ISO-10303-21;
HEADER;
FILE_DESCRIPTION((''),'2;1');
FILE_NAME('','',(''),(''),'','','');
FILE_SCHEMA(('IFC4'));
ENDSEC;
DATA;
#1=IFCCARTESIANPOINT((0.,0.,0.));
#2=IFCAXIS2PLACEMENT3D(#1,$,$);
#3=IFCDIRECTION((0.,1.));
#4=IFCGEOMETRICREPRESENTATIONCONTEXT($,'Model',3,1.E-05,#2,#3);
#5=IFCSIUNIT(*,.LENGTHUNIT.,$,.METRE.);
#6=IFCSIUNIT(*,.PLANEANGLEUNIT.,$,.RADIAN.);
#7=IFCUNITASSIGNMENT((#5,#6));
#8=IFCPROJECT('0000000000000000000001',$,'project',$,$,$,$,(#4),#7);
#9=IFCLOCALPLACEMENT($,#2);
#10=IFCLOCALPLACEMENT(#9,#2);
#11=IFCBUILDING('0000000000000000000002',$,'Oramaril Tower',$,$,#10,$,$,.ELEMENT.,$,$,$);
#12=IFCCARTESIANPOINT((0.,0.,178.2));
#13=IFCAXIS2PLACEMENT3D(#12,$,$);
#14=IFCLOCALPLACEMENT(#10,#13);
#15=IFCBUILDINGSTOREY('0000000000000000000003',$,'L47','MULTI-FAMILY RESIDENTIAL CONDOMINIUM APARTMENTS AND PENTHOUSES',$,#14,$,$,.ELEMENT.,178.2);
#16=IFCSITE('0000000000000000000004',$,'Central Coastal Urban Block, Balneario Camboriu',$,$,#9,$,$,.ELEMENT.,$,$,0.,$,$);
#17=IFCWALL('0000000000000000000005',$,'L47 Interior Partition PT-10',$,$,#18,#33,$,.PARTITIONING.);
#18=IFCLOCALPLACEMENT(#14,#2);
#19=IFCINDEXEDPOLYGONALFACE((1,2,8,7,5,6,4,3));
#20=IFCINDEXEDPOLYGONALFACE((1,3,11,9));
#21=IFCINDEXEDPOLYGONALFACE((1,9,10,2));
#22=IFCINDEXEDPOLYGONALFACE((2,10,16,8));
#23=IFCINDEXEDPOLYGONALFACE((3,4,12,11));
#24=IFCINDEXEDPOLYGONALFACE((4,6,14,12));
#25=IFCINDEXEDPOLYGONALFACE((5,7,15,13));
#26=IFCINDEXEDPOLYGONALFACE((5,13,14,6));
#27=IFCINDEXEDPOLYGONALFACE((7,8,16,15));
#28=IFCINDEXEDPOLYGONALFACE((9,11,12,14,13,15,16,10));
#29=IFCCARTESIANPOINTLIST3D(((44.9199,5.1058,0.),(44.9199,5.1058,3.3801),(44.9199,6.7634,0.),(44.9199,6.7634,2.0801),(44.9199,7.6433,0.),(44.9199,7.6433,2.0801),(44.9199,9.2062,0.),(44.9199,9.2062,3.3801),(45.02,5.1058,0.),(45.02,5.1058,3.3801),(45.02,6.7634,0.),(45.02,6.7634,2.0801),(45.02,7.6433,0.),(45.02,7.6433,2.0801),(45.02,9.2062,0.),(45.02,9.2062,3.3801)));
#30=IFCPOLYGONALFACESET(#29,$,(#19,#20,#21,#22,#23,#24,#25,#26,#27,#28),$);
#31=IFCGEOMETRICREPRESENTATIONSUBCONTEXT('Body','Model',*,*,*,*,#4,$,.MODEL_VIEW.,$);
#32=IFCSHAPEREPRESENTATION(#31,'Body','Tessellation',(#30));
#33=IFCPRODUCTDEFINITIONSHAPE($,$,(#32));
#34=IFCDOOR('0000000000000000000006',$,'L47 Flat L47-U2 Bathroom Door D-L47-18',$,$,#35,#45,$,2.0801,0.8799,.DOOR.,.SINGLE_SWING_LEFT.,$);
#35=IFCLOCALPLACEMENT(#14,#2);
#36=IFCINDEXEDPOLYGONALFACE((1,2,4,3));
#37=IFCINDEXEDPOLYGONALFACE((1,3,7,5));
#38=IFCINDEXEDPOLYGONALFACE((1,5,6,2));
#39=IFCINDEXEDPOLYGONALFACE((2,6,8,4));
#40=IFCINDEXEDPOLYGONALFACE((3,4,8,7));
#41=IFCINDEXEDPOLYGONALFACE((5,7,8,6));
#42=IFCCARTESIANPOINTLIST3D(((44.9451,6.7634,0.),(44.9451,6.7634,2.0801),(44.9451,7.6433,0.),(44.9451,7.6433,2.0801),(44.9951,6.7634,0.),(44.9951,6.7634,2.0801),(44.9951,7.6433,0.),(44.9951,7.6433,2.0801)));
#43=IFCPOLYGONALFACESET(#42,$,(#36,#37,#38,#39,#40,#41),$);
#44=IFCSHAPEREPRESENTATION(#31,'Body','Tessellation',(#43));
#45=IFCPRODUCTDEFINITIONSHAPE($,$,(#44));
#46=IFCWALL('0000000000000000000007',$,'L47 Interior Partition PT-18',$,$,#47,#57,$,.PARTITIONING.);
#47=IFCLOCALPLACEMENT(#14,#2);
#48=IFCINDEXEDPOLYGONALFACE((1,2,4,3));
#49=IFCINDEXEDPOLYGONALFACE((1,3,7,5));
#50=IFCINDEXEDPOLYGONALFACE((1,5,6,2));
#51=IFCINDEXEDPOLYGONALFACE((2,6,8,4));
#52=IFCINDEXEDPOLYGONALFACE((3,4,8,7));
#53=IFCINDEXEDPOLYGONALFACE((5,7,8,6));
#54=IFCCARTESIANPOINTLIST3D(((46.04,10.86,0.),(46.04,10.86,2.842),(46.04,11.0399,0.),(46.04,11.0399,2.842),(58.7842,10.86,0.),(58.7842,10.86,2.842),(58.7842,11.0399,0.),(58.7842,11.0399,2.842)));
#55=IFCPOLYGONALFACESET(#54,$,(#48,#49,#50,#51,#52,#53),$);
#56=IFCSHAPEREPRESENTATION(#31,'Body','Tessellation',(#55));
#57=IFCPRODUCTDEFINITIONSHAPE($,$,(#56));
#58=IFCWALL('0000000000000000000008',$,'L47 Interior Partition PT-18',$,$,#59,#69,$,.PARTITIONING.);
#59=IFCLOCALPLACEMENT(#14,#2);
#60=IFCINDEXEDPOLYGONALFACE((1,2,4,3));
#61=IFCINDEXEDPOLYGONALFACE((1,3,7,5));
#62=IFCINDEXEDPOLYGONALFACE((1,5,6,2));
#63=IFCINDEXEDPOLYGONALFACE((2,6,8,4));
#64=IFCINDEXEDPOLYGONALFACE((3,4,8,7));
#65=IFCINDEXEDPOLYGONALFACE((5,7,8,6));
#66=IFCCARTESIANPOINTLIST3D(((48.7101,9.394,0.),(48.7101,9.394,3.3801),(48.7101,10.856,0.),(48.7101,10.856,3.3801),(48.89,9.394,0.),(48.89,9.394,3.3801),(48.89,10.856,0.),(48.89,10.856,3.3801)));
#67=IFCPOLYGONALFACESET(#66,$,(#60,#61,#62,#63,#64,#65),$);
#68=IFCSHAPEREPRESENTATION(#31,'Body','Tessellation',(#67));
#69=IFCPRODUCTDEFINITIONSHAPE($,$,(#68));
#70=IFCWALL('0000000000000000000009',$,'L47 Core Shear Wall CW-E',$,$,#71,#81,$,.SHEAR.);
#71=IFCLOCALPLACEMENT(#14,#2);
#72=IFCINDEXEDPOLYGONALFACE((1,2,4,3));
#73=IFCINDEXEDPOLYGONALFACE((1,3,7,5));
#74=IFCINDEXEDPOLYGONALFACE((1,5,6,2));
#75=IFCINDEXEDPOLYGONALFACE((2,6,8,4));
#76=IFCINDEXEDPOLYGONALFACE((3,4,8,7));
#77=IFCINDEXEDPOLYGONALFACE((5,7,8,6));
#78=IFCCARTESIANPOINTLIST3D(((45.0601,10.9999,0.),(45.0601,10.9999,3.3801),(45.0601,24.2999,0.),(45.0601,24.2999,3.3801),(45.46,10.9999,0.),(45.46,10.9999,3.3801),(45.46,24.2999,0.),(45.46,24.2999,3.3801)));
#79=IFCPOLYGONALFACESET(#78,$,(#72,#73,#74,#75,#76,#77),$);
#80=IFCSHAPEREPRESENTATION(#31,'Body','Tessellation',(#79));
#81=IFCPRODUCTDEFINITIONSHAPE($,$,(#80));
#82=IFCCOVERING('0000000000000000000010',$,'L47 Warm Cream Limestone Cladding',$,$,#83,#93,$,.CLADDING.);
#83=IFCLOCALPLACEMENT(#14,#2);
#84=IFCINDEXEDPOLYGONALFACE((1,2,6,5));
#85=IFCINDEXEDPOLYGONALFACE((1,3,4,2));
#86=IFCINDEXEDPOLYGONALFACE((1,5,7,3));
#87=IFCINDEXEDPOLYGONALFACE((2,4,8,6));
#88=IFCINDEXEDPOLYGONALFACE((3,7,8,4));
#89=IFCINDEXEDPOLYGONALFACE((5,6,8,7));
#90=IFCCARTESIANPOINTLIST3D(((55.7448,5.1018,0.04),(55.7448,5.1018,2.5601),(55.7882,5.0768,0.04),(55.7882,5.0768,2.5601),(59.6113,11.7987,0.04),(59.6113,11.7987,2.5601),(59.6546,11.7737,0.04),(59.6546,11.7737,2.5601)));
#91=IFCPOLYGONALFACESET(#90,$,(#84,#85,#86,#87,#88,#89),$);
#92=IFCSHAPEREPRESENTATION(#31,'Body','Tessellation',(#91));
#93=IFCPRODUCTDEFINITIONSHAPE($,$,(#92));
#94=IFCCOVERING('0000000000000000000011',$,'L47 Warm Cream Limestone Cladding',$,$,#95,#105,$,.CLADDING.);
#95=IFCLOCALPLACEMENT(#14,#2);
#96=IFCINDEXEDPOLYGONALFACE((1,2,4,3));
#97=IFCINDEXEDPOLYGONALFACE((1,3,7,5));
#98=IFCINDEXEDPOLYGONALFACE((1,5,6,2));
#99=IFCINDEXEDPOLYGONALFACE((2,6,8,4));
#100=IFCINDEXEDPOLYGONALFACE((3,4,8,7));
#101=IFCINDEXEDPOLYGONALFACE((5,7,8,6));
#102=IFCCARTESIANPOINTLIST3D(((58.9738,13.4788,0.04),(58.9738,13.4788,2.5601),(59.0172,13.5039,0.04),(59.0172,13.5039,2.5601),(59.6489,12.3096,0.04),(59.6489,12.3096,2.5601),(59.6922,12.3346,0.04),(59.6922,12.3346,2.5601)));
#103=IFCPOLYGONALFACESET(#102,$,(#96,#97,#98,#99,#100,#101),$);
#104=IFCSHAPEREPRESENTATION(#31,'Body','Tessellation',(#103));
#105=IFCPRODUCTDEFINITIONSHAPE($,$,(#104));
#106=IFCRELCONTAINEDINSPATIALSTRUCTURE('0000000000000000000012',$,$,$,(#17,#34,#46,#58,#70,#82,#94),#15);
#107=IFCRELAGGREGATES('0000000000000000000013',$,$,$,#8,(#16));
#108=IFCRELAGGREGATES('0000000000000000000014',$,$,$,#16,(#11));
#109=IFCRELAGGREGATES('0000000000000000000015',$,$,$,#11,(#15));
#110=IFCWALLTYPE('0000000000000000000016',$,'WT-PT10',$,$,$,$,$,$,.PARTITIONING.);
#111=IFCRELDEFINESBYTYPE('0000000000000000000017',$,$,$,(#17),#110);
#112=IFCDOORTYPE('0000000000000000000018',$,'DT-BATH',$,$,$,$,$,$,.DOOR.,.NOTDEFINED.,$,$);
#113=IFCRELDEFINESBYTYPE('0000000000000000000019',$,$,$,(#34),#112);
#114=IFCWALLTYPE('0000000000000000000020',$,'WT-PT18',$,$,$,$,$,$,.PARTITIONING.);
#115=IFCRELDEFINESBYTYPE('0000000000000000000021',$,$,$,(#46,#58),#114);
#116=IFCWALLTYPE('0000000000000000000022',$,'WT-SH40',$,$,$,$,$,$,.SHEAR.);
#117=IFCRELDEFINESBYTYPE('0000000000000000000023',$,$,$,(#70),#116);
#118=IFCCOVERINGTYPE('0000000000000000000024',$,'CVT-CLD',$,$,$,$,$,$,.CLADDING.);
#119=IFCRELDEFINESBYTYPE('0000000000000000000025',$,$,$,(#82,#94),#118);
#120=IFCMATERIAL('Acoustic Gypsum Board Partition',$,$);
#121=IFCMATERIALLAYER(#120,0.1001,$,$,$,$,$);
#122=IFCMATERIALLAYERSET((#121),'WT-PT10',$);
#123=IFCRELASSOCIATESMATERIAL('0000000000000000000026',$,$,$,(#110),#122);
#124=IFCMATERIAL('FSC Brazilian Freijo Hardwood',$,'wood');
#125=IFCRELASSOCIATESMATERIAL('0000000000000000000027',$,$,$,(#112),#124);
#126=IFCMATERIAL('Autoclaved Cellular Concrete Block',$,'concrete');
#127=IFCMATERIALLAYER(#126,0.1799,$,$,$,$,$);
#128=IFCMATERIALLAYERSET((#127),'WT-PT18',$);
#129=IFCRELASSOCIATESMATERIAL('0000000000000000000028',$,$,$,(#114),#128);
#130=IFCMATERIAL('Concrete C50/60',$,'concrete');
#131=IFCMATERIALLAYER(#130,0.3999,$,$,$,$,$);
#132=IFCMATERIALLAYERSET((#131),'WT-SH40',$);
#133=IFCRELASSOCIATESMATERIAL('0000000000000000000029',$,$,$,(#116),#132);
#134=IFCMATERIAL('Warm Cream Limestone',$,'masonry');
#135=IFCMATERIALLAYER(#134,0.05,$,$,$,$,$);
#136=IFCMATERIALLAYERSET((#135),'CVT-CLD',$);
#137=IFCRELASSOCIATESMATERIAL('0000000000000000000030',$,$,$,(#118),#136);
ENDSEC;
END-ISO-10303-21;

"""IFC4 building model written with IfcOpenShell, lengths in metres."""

from ifc_helpers import new_model, si_unit, direction, frame, frame_2d, origin, origin_2d, place, context, subcontext, project, spatial, rectangle, extrude, material, layer, layer_set, type_object, element, fill, save


model = new_model("IFC4")

# Units and contexts
model_context = context("Model", 3, precision=1e-05, world=origin(), true_north=direction((0.0, 1.0)))
body_context = subcontext(model_context, "Body", "Model", "MODEL_VIEW")
ifc_project = project(units=[si_unit("LENGTHUNIT", "METRE"), si_unit("PLANEANGLEUNIT", "RADIAN")], contexts=[model_context])

# Site, building, storey
site_placement = place(None, origin())
site = spatial("IfcSite", under=ifc_project, at=site_placement, Name="Central Coastal Urban Block, Balneario Camboriu", CompositionType="ELEMENT", RefElevation=0.0)
building_placement = place(site_placement, origin())
building = spatial("IfcBuilding", under=site, at=building_placement, Name="Oramaril Tower", CompositionType="ELEMENT")
storey_placement = place(building_placement, frame((0.0, 0.0, 178.2)))
storey = spatial("IfcBuildingStorey", under=building, at=storey_placement, Name="L47", Description="MULTI-FAMILY RESIDENTIAL CONDOMINIUM APARTMENTS AND PENTHOUSES", CompositionType="ELEMENT", Elevation=178.2)

# Wall, opening, door
ifc_material_1 = material(Name="Acoustic Gypsum Board Partition")
ifc_layer_1 = layer(ifc_material_1, 0.1001)
ifc_layer_set_1 = layer_set([ifc_layer_1], Name="WT-PT10")
wall_type_1 = type_object("IfcWallType", Name="WT-PT10", PredefinedType="PARTITIONING", material=ifc_layer_set_1)
wall_1_placement = place(storey_placement, frame((44.97, 5.1057, 0.0), z_axis=(0.0, 0.0, 1.0), x_axis=(0.0, 1.0, 0.0)))
wall_1 = element("IfcWall", 1, at=wall_1_placement, inside=storey, type_object=wall_type_1, Name="L47 Interior Partition PT-10", PredefinedType="PARTITIONING", context=body_context, shape_type="SweptSolid", body=[
    extrude(rectangle(XDim=4.1003, YDim=0.1001, at=frame_2d((2.0503, 0.0))), origin(), (0.0, 0.0, 1.0), 3.3801),
])
opening_1_placement = place(wall_1_placement, frame((1.6577, 0.0, 0.0)))
opening_1 = element("IfcOpeningElement", 2, at=opening_1_placement, cuts=wall_1, PredefinedType="OPENING", context=body_context, shape_type="SweptSolid", body=[
    extrude(rectangle(XDim=0.8799, YDim=2.0801, at=frame_2d((0.4399, 1.04))), frame((0.0, 0.05, 0.0), z_axis=(0.0, -1.0, 0.0), x_axis=(1.0, 0.0, 0.0)), (0.0, 0.0, 1.0), 0.1001),
])
ifc_material_2 = material(Name="FSC Brazilian Freijo Hardwood", Category="wood")
door_type_1 = type_object("IfcDoorType", Name="DT-BATH", OperationType="NOTDEFINED", PredefinedType="DOOR", material=ifc_material_2)
door_1_placement = place(opening_1_placement, origin())
door_1 = element("IfcDoor", 3, at=door_1_placement, inside=storey, type_object=door_type_1, Name="L47 Flat L47-U2 Bathroom Door D-L47-18", OperationType="SINGLE_SWING_LEFT", OverallHeight=2.0801, OverallWidth=0.8799, PredefinedType="DOOR", context=body_context, shape_type="SweptSolid", body=[
    extrude(rectangle(XDim=0.8799, YDim=2.0801, at=frame_2d((0.4399, 1.04))), frame((0.0, 0.0249, 0.0), z_axis=(0.0, -1.0, 0.0), x_axis=(1.0, 0.0, 0.0)), (0.0, 0.0, 1.0), 0.05),
])
fill(opening_1, door_1)

# Walls
ifc_material_3 = material(Name="Autoclaved Cellular Concrete Block", Category="concrete")
ifc_layer_2 = layer(ifc_material_3, 0.1799)
ifc_layer_set_2 = layer_set([ifc_layer_2], Name="WT-PT18")
wall_type_2 = type_object("IfcWallType", Name="WT-PT18", PredefinedType="PARTITIONING", material=ifc_layer_set_2)
wall_2_placement = place(storey_placement, frame((46.04, 10.95, 0.0), z_axis=(0.0, 0.0, 1.0), x_axis=(1.0, 0.0, 0.0)))
element("IfcWall", 4, at=wall_2_placement, inside=storey, type_object=wall_type_2, Name="L47 Interior Partition PT-18", PredefinedType="PARTITIONING", context=body_context, shape_type="SweptSolid", body=[
    extrude(rectangle(XDim=12.7441, YDim=0.1799, at=frame_2d((6.3721, 0.0))), origin(), (0.0, 0.0, 1.0), 2.842),
])
wall_3_placement = place(storey_placement, frame((48.8, 9.394, 0.0), z_axis=(0.0, 0.0, 1.0), x_axis=(0.0, 1.0, 0.0)))
element("IfcWall", 5, at=wall_3_placement, inside=storey, type_object=wall_type_2, Name="L47 Interior Partition PT-18", PredefinedType="PARTITIONING", context=body_context, shape_type="SweptSolid", body=[
    extrude(rectangle(XDim=1.4619, YDim=0.1799, at=frame_2d((0.731, 0.0))), origin(), (0.0, 0.0, 1.0), 3.3801),
])
ifc_material_4 = material(Name="Concrete C50/60", Category="concrete")
ifc_layer_3 = layer(ifc_material_4, 0.3999)
ifc_layer_set_3 = layer_set([ifc_layer_3], Name="WT-SH40")
wall_type_3 = type_object("IfcWallType", Name="WT-SH40", PredefinedType="SHEAR", material=ifc_layer_set_3)
wall_4_placement = place(storey_placement, frame((45.26, 11.0, 0.0), z_axis=(0.0, 0.0, 1.0), x_axis=(0.0, 1.0, 0.0)))
element("IfcWall", 6, at=wall_4_placement, inside=storey, type_object=wall_type_3, Name="L47 Core Shear Wall CW-E", PredefinedType="SHEAR", context=body_context, shape_type="SweptSolid", body=[
    extrude(rectangle(XDim=13.3, YDim=0.3999, at=frame_2d((6.6499, 0.0))), origin(), (0.0, 0.0, 1.0), 3.3801),
])

# Coverings
ifc_material_5 = material(Name="Warm Cream Limestone", Category="masonry")
ifc_layer_4 = layer(ifc_material_5, 0.05)
ifc_layer_set_4 = layer_set([ifc_layer_4], Name="CVT-CLD")
covering_type = type_object("IfcCoveringType", Name="CVT-CLD", PredefinedType="CLADDING", material=ifc_layer_set_4)
covering_1_placement = place(storey_placement, frame((57.6997, 8.4377, 0.04), z_axis=(0.0, 0.0, 1.0), x_axis=(0.5, 0.866025, 0.0)))
element("IfcCovering", 7, at=covering_1_placement, inside=storey, type_object=covering_type, Name="L47 Warm Cream Limestone Cladding", PredefinedType="CLADDING", context=body_context, shape_type="SweptSolid", body=[
    extrude(rectangle(XDim=7.7329, YDim=0.05, at=origin_2d()), origin(), (0.0, 0.0, 1.0), 2.52),
])
covering_2_placement = place(storey_placement, frame((59.333, 12.9067, 0.04), z_axis=(0.0, 0.0, 1.0), x_axis=(-0.5, 0.866025, 0.0)))
element("IfcCovering", 8, at=covering_2_placement, inside=storey, type_object=covering_type, Name="L47 Warm Cream Limestone Cladding", PredefinedType="CLADDING", context=body_context, shape_type="SweptSolid", body=[
    extrude(rectangle(XDim=1.3501, YDim=0.05, at=origin_2d()), origin(), (0.0, 0.0, 1.0), 2.52),
])

save(model, "model.ifc")
